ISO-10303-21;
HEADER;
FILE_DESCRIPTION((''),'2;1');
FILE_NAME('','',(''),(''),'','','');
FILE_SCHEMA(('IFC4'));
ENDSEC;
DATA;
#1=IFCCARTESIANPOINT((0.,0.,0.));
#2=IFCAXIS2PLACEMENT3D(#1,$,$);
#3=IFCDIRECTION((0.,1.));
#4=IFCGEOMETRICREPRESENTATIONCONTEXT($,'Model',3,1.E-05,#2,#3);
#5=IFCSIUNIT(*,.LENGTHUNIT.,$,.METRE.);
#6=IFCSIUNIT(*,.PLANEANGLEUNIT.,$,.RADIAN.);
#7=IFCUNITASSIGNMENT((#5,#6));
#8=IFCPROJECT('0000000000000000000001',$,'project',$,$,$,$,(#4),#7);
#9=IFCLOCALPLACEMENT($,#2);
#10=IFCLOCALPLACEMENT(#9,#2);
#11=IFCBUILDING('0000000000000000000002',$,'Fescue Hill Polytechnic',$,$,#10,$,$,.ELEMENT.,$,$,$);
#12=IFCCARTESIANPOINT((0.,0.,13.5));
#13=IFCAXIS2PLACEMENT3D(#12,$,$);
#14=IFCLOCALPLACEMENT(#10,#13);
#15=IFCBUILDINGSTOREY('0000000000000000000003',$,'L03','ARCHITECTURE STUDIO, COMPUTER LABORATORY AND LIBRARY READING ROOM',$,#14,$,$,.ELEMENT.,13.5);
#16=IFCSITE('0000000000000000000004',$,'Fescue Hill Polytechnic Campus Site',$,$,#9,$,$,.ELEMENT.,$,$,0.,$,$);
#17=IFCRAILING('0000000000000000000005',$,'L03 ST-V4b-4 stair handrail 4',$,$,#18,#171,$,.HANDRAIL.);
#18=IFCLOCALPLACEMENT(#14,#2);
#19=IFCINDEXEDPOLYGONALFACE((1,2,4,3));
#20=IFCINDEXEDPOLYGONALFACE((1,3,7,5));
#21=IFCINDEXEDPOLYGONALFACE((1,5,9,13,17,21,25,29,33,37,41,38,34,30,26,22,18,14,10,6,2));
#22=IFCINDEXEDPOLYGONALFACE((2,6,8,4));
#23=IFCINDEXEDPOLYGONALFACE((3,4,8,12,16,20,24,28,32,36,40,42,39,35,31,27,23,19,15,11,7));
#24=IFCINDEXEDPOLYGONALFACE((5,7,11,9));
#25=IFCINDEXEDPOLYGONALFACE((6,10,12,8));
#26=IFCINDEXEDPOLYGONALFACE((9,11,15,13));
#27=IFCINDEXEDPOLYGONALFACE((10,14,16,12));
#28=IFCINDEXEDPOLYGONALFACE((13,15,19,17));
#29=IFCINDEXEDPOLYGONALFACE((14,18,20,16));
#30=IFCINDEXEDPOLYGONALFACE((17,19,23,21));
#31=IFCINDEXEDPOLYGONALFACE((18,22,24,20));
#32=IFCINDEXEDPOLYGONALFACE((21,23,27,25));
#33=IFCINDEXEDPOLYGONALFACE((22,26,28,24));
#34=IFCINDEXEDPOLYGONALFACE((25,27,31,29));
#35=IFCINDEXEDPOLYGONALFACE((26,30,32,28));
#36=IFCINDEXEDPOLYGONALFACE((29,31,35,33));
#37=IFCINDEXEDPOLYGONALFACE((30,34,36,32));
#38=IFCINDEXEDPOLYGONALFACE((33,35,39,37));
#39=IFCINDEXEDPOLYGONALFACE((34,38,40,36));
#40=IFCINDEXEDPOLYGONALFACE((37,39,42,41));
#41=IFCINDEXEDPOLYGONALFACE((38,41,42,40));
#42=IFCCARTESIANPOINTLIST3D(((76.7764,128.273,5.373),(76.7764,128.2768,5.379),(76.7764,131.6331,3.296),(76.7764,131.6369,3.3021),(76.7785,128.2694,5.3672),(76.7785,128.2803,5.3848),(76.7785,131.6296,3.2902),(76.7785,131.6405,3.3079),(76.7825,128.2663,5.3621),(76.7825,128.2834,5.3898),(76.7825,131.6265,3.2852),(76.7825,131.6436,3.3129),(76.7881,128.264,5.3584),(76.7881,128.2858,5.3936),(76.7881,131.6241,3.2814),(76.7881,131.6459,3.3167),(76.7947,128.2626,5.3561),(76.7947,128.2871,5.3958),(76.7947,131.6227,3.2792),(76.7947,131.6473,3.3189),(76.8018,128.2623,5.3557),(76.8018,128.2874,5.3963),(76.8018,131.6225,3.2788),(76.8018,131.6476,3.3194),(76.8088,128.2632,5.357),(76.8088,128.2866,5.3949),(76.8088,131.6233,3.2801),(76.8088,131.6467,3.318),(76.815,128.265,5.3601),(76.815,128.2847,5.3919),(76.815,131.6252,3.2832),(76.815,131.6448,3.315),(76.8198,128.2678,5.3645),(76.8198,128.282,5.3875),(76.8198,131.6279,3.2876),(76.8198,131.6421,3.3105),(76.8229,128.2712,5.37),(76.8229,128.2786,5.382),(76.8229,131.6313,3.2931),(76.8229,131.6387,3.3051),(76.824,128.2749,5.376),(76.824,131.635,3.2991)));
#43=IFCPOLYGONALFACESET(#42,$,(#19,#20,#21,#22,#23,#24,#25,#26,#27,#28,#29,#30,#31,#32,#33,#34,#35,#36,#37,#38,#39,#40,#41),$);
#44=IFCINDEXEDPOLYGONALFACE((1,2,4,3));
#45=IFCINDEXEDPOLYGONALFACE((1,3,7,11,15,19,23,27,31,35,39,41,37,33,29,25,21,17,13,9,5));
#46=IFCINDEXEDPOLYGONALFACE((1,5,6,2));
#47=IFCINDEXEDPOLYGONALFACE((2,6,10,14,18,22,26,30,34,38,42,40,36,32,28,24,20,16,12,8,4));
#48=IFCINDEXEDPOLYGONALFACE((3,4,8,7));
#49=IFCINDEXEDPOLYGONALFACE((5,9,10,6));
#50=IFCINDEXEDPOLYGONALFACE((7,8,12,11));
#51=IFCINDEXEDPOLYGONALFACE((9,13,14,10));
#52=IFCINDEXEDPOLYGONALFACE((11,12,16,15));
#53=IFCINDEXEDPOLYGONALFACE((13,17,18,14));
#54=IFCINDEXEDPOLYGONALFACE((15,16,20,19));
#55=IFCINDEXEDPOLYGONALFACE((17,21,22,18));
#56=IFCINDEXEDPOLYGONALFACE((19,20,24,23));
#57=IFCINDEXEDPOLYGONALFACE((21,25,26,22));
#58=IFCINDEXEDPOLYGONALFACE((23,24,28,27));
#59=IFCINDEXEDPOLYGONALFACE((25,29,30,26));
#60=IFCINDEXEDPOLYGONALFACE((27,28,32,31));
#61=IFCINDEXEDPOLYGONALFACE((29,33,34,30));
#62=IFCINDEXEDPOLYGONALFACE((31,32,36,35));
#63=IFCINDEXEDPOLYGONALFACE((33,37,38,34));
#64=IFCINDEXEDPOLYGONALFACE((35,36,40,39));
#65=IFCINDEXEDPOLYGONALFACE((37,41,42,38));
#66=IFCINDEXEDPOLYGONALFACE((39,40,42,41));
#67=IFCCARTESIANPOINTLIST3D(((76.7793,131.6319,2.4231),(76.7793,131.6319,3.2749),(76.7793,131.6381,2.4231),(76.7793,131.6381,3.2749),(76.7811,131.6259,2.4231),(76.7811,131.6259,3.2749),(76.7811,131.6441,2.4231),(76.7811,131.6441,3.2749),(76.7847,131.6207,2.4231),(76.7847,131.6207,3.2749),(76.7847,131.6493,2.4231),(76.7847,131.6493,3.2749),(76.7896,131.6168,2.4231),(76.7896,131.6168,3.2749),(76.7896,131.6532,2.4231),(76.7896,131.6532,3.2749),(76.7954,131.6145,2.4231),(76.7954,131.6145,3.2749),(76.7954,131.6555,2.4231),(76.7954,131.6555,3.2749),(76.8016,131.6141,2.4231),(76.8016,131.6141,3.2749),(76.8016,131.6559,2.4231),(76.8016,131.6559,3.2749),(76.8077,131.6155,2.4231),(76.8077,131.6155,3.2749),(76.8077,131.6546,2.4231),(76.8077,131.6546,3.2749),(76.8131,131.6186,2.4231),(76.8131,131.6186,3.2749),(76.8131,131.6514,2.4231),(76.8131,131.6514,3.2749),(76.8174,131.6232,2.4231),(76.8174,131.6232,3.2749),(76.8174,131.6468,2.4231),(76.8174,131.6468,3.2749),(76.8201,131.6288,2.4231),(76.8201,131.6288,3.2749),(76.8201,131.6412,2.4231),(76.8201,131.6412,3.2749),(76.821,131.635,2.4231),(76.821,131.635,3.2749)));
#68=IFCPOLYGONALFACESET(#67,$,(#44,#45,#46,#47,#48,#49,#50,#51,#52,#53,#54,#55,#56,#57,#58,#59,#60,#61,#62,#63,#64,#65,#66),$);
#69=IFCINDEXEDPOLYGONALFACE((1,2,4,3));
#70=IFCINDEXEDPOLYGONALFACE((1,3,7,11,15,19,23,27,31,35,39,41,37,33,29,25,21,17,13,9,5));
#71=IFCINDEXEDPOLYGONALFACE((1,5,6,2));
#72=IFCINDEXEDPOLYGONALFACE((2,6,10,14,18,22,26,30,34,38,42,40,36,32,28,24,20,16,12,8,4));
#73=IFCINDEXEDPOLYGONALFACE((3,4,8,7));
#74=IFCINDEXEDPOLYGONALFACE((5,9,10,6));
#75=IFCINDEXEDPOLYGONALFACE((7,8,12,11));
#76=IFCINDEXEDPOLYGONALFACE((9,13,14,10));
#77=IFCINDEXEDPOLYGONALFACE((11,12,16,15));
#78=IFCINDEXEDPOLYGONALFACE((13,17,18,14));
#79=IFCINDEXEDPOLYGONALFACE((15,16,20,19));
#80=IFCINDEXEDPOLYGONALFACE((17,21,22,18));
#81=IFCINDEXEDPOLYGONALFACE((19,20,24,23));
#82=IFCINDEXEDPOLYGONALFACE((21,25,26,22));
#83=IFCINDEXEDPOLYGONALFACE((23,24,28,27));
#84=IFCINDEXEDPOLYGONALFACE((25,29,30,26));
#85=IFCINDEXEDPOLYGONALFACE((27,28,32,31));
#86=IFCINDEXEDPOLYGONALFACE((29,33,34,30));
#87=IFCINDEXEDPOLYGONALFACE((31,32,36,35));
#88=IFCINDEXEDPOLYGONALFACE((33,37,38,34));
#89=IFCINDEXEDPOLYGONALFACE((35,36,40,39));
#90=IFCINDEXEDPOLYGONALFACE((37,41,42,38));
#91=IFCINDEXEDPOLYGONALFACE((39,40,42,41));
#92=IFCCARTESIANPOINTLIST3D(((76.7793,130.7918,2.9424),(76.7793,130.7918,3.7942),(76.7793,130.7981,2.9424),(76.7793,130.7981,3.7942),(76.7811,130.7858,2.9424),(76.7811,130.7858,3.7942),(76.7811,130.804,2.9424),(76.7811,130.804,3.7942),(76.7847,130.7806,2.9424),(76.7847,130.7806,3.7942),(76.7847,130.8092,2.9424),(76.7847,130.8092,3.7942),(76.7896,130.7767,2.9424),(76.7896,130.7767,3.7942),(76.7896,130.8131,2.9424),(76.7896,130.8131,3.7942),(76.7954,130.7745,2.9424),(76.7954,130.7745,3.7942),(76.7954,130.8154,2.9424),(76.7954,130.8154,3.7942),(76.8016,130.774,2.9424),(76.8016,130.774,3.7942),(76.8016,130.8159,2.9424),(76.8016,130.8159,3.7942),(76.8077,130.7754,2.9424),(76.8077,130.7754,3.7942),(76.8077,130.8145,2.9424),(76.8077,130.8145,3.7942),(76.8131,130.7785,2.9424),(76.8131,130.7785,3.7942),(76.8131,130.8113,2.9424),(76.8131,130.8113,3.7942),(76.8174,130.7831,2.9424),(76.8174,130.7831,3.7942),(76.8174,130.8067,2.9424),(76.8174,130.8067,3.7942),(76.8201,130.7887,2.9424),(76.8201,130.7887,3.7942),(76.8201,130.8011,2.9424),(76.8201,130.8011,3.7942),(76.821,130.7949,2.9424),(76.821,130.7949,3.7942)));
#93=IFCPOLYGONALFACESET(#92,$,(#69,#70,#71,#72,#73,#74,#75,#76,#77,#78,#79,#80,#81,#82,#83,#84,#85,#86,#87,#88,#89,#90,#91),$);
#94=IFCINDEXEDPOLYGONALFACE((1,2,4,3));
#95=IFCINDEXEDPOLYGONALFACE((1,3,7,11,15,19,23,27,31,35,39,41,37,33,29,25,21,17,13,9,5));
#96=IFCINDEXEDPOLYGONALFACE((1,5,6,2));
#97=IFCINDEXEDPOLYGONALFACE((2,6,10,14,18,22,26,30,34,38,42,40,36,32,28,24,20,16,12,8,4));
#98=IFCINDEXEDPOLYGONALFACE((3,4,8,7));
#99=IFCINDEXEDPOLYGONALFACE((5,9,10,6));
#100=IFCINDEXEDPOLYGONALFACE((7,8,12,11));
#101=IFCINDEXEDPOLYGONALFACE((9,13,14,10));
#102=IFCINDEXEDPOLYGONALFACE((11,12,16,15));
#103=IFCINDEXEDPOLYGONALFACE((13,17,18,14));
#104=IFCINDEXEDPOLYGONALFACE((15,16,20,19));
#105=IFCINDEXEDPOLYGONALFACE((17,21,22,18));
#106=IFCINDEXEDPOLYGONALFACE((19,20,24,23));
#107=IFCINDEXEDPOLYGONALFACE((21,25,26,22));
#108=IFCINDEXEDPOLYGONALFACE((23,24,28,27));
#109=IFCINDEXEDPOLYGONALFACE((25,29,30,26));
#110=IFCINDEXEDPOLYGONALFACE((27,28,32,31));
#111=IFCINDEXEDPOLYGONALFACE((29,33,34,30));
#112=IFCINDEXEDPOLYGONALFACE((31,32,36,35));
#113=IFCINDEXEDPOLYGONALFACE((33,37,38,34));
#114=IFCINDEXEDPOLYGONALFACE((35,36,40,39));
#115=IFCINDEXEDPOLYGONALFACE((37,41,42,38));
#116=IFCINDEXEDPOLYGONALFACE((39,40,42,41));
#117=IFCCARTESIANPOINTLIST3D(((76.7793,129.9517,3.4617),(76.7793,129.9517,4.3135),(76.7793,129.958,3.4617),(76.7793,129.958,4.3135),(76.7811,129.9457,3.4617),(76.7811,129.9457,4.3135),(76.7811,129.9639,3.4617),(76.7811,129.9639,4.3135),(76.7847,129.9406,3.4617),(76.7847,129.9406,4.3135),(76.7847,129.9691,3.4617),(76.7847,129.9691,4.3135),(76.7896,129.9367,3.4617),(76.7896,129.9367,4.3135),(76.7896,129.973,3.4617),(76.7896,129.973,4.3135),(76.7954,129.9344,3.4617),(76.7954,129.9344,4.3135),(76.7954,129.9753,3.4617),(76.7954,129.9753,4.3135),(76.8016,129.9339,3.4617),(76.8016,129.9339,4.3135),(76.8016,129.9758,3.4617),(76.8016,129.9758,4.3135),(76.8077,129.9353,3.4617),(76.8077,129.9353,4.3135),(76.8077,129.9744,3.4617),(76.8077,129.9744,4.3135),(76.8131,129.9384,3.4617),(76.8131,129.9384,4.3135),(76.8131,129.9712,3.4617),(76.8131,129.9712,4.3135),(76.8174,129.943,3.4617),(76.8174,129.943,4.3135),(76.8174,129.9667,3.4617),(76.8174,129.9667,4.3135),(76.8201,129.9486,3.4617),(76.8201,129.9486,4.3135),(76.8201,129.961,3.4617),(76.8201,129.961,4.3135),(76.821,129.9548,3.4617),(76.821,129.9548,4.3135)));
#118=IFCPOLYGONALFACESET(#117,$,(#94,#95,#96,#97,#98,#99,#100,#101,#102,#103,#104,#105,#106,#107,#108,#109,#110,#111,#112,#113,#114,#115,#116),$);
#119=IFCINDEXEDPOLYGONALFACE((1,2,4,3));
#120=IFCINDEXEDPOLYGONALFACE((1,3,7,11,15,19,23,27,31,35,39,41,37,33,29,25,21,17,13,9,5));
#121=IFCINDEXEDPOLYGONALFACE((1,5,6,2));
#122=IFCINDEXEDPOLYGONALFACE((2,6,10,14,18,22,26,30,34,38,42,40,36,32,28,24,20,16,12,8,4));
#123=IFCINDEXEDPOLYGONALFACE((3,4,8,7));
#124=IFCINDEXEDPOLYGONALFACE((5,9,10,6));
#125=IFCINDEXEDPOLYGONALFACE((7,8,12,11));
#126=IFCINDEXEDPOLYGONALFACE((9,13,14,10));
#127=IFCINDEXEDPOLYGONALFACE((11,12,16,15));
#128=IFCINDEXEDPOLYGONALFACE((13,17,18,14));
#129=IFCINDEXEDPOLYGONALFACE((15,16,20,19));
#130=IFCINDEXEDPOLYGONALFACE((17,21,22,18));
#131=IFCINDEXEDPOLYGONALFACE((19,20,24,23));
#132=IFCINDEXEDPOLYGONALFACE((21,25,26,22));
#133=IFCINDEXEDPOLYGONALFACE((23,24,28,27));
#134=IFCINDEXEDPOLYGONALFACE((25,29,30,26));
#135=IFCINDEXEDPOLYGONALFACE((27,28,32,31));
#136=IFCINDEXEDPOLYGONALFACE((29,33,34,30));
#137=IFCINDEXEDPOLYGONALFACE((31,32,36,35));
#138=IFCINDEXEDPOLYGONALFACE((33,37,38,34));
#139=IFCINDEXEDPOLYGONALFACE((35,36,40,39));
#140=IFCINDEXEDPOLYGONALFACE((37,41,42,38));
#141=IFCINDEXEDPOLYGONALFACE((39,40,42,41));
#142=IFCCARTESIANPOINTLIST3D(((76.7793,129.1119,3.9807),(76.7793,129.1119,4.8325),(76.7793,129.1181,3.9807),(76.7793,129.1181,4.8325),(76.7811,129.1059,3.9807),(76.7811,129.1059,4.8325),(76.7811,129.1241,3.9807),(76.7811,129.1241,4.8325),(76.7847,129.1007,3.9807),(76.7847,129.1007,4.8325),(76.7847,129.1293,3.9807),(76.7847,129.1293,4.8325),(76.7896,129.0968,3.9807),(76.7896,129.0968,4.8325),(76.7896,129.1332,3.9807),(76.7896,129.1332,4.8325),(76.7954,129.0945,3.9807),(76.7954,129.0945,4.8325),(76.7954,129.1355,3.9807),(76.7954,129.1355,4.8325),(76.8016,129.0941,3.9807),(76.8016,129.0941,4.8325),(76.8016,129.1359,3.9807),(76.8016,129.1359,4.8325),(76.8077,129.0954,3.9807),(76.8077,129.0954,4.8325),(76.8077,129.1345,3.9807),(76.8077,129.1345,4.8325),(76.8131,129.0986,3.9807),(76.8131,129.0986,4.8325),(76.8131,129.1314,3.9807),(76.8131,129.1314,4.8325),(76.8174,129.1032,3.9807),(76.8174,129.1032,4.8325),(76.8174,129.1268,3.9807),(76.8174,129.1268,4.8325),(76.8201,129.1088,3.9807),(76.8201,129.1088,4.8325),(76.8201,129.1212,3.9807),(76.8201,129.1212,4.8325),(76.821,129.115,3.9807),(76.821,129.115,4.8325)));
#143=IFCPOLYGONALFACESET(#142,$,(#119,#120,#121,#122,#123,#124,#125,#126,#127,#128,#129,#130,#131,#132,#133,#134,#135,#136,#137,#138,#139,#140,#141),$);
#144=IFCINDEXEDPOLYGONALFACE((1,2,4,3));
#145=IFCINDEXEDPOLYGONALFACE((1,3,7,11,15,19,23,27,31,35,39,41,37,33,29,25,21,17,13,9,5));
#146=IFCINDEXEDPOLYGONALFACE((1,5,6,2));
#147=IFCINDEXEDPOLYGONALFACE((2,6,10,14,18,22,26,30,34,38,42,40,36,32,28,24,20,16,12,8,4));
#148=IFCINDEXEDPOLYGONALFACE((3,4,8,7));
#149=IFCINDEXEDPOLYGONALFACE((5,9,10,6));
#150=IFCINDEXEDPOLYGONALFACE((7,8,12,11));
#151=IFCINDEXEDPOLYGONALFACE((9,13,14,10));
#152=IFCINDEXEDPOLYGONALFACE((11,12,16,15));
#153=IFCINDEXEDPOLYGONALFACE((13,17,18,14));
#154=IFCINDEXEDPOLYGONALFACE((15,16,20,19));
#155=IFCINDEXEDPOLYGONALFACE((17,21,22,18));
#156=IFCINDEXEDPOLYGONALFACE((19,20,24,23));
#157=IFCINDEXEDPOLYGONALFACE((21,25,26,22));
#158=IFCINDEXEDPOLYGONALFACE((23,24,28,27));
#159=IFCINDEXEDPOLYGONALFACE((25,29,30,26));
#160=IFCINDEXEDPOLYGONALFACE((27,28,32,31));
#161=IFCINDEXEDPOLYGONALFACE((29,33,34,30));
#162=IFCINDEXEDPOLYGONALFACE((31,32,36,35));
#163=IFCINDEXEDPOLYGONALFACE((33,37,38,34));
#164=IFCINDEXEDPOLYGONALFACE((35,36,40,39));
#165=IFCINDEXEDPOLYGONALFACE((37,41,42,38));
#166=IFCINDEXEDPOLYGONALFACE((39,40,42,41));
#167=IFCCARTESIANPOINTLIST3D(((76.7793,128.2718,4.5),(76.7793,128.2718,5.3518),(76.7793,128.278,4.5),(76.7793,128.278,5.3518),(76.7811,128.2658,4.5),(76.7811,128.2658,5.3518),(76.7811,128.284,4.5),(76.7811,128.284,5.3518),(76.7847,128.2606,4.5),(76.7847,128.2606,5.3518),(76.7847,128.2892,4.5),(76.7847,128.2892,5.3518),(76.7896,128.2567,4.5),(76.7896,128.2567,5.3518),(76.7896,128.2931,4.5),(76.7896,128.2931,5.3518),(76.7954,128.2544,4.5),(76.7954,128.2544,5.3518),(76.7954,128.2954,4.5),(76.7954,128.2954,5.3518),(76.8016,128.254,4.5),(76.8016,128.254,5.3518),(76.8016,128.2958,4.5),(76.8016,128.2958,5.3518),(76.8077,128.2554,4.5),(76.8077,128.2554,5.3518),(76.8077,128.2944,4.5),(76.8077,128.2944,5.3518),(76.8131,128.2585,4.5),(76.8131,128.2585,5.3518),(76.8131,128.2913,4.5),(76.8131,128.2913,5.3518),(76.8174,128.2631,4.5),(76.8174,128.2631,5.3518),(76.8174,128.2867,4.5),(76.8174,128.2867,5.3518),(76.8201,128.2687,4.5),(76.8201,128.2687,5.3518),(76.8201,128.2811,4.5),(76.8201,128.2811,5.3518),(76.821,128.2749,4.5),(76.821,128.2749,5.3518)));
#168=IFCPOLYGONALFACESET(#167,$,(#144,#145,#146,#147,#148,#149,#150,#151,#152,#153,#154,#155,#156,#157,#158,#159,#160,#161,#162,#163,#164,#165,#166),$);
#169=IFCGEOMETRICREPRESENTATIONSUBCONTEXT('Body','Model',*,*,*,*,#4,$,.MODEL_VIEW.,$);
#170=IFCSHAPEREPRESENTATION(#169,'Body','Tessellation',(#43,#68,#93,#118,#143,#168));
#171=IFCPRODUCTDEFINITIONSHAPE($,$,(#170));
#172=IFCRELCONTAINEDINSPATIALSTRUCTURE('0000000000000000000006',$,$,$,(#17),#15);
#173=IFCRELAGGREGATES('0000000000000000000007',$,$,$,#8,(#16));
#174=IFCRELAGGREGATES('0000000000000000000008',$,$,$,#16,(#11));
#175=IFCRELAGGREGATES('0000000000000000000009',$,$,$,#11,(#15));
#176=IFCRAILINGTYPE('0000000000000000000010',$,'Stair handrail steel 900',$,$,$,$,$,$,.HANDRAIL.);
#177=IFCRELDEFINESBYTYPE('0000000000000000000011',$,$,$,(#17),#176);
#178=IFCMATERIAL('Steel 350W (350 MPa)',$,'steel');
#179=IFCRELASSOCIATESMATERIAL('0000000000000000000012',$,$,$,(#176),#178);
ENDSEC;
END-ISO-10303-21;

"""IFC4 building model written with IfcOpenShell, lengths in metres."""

from ifc_helpers import new_model, si_unit, direction, frame, origin, origin_2d, place, context, subcontext, project, spatial, circle, extrude, material, type_object, element, save


model = new_model("IFC4")

# Units and contexts
model_context = context("Model", 3, precision=1e-05, world=origin(), true_north=direction((0.0, 1.0)))
body_context = subcontext(model_context, "Body", "Model", "MODEL_VIEW")
ifc_project = project(units=[si_unit("LENGTHUNIT", "METRE"), si_unit("PLANEANGLEUNIT", "RADIAN")], contexts=[model_context])

# Site, building, storey
site_placement = place(None, origin())
site = spatial("IfcSite", under=ifc_project, at=site_placement, Name="Fescue Hill Polytechnic Campus Site", CompositionType="ELEMENT", RefElevation=0.0)
building_placement = place(site_placement, origin())
building = spatial("IfcBuilding", under=site, at=building_placement, Name="Fescue Hill Polytechnic", CompositionType="ELEMENT")
storey_placement = place(building_placement, frame((0.0, 0.0, 13.5)))
storey = spatial("IfcBuildingStorey", under=building, at=storey_placement, Name="L03", Description="ARCHITECTURE STUDIO, COMPUTER LABORATORY AND LIBRARY READING ROOM", CompositionType="ELEMENT", Elevation=13.5)

# Railing
ifc_material_1 = material(Name="Steel 350W (350 MPa)", Category="steel")
railing_type_1 = type_object("IfcRailingType", Name="Stair handrail steel 900", PredefinedType="HANDRAIL", material=ifc_material_1)
railing_1_placement = place(storey_placement, frame((76.8, 131.635, 2.4231)))
element("IfcRailing", 1, at=railing_1_placement, inside=storey, type_object=railing_type_1, Name="L03 ST-V4b-4 stair handrail 4", PredefinedType="HANDRAIL", context=body_context, shape_type="SweptSolid", body=[
    extrude(circle(Radius=0.0239, at=origin_2d()), frame((0.0, 0.0, 0.876), z_axis=(0.0, -0.850623, 0.525776), x_axis=(1.0, 0.0, 0.0)), (0.0, 0.0, 1.0), 3.9502),
    extrude(circle(Radius=0.021, at=origin_2d()), origin(), (0.0, 0.0, 1.0), 0.8518),
    extrude(circle(Radius=0.021, at=origin_2d()), frame((0.0, -0.8401, 0.5193)), (0.0, 0.0, 1.0), 0.8518),
    extrude(circle(Radius=0.021, at=origin_2d()), frame((0.0, -1.6802, 1.0386)), (0.0, 0.0, 1.0), 0.8518),
    extrude(circle(Radius=0.021, at=origin_2d()), frame((0.0, -2.52, 1.5576)), (0.0, 0.0, 1.0), 0.8518),
    extrude(circle(Radius=0.021, at=origin_2d()), frame((0.0, -3.3601, 2.0769)), (0.0, 0.0, 1.0), 0.8518),
])

save(model, "model.ifc")
